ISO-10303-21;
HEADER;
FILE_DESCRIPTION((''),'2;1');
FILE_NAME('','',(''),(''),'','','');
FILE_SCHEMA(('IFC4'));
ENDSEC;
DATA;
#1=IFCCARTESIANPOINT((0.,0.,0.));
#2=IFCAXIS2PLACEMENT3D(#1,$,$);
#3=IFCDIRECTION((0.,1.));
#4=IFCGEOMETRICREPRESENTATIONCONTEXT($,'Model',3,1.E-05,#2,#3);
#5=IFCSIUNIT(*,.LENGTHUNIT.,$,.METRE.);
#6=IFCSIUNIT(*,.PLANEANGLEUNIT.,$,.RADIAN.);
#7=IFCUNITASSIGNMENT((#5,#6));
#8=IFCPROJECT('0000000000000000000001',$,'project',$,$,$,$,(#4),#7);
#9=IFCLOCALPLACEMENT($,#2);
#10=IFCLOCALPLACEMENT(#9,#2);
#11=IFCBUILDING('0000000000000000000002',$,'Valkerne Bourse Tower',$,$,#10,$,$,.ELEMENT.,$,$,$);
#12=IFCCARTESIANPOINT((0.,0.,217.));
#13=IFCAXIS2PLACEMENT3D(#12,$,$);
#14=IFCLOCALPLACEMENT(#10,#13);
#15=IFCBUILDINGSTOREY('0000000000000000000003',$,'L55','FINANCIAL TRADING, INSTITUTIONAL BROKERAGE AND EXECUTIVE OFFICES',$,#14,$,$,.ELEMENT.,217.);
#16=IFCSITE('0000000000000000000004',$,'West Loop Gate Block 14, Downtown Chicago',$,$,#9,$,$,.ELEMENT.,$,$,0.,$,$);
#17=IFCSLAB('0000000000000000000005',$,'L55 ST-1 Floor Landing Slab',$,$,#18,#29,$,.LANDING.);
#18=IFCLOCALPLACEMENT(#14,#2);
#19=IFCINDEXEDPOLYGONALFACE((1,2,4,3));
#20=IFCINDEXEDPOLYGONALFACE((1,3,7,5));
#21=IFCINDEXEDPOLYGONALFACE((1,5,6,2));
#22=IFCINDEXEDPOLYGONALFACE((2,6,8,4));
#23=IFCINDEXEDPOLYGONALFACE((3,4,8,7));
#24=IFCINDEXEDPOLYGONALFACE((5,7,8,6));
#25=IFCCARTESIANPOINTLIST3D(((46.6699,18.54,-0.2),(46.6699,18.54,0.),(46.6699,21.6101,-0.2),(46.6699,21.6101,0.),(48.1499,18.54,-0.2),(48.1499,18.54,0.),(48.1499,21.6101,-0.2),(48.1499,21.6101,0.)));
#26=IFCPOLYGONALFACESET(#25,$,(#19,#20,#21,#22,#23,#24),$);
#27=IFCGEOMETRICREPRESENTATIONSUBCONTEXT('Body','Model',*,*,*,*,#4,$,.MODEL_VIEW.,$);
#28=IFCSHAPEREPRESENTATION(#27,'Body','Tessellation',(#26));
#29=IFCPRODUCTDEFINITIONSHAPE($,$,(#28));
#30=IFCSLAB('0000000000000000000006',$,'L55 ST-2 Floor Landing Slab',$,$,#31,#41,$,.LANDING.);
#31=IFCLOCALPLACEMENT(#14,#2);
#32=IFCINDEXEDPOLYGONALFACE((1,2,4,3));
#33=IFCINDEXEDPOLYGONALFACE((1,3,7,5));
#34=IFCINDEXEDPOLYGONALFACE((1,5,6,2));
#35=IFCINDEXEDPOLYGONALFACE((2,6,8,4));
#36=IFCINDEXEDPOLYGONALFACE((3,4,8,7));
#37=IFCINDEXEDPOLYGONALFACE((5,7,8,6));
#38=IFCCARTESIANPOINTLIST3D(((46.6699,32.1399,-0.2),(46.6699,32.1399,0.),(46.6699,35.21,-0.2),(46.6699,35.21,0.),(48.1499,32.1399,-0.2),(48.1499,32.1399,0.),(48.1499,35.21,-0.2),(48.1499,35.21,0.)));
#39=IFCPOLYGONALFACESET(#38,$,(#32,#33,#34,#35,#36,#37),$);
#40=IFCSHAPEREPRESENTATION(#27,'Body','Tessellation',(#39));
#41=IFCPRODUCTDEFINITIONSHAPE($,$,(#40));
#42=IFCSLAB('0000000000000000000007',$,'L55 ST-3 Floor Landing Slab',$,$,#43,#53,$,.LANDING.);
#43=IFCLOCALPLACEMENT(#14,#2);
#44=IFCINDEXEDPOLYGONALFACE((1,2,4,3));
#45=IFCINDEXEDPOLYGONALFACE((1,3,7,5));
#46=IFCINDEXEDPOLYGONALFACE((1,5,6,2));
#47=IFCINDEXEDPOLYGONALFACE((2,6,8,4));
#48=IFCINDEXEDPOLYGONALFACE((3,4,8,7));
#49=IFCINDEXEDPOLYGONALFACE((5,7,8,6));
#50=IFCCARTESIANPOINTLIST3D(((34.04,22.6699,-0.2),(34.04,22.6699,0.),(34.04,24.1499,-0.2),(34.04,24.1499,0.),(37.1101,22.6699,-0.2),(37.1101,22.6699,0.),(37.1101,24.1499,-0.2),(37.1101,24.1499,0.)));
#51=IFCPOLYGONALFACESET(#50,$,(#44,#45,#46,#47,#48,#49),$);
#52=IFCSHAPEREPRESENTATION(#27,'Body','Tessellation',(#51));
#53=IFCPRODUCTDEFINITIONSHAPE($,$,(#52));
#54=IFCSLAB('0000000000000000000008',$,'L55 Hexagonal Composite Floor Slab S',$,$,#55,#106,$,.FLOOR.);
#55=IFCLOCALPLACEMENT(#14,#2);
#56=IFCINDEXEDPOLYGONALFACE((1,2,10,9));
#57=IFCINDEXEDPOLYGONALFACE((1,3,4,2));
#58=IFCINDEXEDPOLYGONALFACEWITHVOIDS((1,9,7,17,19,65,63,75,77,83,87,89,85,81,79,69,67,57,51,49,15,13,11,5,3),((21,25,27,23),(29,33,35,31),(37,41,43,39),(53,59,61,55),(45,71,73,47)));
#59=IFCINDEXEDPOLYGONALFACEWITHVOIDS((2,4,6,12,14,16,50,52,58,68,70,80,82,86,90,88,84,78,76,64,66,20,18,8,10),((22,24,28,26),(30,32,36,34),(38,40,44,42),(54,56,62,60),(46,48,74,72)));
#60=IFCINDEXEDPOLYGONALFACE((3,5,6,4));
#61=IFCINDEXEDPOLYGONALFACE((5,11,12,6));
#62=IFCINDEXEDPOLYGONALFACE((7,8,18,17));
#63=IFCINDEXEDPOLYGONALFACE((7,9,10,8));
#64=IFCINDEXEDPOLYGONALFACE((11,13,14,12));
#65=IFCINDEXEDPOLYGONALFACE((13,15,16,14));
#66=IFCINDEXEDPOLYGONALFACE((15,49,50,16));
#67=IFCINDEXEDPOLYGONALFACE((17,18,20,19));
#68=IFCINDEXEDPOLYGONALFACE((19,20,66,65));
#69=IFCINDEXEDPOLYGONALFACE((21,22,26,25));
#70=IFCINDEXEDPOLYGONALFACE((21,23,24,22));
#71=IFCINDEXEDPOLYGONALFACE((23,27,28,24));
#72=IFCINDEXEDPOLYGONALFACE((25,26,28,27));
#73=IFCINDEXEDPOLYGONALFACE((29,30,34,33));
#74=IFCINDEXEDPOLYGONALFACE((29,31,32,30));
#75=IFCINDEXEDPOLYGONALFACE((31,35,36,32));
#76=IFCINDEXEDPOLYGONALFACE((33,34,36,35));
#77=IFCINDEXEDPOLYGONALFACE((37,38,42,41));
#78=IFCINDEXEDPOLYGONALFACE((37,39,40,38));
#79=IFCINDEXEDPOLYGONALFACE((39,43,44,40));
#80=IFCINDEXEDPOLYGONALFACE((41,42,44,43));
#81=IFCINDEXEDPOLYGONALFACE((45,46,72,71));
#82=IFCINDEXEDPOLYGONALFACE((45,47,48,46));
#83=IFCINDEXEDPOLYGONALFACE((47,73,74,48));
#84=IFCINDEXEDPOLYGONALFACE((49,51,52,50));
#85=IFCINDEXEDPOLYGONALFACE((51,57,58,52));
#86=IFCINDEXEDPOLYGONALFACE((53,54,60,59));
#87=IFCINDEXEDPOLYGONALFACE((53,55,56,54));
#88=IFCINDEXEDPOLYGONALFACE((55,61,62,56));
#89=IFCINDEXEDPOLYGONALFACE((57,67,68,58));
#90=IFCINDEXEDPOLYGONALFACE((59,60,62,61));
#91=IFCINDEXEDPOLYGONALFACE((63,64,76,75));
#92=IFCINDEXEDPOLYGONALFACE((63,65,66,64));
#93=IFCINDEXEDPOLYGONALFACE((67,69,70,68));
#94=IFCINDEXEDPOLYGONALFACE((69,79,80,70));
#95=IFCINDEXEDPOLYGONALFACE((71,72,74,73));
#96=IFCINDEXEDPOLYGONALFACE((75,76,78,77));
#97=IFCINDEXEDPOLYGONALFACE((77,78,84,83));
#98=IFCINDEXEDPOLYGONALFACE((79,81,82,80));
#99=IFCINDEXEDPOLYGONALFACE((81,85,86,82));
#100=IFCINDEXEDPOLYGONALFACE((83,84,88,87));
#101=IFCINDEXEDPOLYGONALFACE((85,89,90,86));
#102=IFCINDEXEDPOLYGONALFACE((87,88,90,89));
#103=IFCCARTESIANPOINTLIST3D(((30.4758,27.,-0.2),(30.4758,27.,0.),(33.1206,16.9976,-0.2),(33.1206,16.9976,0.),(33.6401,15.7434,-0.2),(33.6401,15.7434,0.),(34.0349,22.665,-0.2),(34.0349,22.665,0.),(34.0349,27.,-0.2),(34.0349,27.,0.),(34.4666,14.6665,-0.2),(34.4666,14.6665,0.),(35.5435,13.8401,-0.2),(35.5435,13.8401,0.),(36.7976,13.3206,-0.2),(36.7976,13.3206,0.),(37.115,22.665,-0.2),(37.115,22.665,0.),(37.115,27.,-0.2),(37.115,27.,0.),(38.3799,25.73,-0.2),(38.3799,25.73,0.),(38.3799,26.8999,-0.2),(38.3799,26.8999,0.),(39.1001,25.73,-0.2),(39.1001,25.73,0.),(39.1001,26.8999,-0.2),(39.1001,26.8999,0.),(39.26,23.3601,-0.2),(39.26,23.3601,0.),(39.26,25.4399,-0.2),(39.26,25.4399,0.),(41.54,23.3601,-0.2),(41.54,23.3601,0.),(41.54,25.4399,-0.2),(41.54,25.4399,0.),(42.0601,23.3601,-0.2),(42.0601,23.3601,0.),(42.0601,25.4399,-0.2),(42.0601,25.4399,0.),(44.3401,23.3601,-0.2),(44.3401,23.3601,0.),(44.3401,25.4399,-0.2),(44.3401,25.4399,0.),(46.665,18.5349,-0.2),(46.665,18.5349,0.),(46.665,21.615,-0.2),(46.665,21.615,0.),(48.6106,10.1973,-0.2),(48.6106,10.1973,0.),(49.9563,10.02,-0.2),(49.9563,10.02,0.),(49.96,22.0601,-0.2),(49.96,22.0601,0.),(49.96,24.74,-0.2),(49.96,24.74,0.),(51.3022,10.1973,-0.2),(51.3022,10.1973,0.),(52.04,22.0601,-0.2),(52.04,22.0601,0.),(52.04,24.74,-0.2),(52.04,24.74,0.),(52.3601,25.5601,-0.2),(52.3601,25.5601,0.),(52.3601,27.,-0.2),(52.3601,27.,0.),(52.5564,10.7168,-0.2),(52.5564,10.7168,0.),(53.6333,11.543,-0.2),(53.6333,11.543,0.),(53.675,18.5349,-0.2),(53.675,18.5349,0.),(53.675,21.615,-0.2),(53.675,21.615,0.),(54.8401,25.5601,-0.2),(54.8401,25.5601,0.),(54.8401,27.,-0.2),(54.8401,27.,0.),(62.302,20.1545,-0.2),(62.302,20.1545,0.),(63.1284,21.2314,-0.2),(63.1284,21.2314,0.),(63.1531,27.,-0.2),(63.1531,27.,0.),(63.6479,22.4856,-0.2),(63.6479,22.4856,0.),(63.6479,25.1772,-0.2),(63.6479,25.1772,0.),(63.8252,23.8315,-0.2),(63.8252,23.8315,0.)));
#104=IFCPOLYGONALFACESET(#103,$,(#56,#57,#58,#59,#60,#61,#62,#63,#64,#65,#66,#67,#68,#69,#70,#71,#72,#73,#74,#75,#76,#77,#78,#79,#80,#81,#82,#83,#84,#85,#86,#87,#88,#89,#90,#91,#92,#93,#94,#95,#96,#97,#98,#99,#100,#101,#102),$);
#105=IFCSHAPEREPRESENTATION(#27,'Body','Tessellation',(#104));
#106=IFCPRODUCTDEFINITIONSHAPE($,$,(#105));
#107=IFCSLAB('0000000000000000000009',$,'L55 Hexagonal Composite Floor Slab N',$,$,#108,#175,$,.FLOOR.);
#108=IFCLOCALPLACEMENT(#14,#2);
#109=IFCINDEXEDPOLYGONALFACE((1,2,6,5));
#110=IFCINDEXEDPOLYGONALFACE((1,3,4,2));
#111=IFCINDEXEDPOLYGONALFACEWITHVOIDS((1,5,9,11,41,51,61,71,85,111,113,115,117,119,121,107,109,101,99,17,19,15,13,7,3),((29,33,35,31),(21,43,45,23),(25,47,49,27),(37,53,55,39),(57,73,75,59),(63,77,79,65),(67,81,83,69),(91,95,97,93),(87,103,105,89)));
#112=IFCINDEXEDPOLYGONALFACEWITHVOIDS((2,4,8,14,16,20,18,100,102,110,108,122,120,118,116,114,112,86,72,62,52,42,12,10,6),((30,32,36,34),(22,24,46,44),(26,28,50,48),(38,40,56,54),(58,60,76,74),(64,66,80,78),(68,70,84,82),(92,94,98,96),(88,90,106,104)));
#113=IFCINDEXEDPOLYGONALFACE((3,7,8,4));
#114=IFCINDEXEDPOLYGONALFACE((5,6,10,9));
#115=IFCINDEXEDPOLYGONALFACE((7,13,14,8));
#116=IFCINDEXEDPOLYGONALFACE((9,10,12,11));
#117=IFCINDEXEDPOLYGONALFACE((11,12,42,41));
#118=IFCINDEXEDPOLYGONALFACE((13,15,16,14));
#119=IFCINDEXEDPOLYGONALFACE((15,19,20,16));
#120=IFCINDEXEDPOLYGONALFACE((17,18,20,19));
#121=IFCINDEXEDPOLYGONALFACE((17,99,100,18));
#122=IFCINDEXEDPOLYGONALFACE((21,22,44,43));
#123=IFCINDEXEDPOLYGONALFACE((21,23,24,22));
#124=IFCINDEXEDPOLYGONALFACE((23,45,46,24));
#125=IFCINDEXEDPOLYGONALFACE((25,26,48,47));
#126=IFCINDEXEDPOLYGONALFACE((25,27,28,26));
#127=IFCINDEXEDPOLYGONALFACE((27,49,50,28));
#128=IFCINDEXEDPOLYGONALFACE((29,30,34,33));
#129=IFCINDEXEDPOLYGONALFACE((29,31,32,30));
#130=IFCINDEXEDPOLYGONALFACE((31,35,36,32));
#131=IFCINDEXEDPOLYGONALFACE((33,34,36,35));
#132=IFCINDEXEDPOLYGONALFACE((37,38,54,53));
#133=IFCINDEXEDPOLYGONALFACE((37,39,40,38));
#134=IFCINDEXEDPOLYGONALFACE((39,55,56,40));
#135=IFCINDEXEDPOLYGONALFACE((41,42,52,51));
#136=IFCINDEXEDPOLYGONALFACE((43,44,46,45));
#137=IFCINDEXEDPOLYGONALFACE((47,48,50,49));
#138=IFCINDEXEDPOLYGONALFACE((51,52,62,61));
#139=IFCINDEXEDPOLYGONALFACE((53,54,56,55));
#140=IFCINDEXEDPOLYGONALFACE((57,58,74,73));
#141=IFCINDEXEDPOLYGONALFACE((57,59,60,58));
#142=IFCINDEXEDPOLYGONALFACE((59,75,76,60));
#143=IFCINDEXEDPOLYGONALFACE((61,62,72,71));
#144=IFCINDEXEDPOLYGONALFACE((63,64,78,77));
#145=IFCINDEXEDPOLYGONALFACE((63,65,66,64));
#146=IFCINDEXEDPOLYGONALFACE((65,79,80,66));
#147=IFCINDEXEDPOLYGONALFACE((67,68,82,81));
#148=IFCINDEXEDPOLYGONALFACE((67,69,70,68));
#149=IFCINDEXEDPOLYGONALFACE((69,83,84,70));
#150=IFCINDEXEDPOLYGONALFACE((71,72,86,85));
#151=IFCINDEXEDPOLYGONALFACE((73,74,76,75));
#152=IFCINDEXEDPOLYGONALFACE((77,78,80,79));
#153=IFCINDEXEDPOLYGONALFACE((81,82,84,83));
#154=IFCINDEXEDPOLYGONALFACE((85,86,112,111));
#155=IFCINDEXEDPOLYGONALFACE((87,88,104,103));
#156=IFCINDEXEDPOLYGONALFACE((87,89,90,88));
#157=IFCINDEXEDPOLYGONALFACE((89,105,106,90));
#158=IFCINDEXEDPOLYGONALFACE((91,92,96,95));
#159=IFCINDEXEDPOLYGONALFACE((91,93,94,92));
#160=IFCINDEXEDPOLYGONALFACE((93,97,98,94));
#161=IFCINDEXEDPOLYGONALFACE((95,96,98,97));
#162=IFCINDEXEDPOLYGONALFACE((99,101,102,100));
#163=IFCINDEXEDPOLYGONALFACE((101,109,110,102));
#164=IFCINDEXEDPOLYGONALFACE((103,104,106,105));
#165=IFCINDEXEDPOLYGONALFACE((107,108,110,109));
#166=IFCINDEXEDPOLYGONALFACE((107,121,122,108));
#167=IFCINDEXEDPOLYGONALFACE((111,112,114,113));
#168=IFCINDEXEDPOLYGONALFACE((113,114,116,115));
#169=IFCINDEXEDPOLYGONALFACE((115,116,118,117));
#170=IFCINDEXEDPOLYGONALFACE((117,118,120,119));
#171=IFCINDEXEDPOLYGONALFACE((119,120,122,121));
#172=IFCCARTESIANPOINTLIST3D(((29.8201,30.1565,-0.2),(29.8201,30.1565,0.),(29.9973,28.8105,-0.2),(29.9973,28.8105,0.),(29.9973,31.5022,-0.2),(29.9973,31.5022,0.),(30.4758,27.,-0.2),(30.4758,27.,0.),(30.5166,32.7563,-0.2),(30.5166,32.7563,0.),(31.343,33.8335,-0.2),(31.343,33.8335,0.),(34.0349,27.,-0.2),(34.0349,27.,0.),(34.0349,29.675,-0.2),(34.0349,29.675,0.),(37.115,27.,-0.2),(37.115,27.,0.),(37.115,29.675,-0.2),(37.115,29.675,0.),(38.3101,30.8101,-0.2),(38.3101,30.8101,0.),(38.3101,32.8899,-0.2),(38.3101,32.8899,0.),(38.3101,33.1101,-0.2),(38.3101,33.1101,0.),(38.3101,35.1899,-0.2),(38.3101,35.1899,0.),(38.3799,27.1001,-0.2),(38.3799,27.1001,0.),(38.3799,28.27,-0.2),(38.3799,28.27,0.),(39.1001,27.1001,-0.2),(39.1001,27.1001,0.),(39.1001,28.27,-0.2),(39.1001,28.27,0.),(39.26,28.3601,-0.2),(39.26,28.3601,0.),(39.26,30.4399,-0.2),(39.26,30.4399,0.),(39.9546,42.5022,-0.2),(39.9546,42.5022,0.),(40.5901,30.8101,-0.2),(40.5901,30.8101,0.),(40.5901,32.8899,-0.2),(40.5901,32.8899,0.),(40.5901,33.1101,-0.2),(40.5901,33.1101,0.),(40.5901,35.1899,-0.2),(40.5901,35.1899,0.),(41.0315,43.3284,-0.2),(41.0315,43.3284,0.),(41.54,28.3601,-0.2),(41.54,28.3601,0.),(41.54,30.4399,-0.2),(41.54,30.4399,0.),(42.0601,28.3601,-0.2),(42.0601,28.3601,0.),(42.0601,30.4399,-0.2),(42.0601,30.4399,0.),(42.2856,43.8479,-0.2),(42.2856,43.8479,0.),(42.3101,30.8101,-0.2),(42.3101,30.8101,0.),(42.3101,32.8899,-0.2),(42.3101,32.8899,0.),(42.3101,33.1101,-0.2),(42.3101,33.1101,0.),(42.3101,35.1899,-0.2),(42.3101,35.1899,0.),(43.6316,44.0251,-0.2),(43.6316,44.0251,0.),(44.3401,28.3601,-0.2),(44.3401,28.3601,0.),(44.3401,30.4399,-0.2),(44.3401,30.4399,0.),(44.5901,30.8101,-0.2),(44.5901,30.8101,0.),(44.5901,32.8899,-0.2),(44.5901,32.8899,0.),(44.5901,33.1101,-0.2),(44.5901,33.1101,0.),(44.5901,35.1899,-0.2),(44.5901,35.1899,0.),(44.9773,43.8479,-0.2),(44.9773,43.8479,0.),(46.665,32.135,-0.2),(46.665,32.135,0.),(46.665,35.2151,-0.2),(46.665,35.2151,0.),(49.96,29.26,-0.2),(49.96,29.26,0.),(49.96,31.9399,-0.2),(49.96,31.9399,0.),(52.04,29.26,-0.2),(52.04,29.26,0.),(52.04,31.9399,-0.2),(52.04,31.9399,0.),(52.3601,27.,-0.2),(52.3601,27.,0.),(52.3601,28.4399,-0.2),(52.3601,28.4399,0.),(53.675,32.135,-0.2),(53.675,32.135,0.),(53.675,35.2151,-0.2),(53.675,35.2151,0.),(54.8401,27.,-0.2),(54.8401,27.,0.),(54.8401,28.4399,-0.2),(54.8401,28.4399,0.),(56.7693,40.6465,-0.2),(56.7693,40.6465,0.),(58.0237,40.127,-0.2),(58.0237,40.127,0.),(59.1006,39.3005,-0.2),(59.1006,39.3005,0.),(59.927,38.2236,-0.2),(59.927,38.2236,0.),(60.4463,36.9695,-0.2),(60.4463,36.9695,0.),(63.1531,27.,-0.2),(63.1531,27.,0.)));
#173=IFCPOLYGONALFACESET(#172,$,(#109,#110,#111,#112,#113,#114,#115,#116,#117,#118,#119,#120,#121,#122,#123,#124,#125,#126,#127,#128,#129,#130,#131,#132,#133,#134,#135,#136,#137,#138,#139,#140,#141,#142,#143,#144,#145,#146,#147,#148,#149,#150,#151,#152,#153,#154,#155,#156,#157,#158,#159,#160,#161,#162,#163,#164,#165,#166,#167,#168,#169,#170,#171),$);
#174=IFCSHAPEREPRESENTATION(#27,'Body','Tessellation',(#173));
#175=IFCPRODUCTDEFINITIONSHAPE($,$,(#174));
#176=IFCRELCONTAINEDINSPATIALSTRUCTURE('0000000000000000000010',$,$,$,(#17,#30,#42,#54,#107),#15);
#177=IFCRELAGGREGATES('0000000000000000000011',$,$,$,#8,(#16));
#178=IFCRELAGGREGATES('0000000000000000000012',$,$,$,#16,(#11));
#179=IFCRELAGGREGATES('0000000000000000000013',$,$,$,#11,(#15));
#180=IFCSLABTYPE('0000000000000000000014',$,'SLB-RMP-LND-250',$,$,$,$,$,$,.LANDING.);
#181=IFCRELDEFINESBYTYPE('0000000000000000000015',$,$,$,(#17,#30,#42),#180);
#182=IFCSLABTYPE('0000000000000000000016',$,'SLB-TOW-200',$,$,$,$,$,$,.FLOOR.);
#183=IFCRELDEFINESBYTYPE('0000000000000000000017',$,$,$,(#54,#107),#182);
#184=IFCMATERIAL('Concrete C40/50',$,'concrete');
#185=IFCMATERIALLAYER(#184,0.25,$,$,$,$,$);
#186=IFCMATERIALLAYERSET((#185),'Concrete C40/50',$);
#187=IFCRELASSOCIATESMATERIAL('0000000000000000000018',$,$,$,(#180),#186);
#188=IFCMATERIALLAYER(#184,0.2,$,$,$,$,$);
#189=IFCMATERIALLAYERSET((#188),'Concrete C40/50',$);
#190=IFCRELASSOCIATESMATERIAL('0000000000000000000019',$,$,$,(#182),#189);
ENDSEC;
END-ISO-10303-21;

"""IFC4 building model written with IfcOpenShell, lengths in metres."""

from ifc_helpers import new_model, si_unit, direction, frame, origin, place, context, subcontext, project, spatial, polyline, outline, extrude, material, layer, layer_set, type_object, element, save


model = new_model("IFC4")

# Units and contexts
model_context = context("Model", 3, precision=1e-05, world=origin(), true_north=direction((0.0, 1.0)))
body_context = subcontext(model_context, "Body", "Model", "MODEL_VIEW")
ifc_project = project(units=[si_unit("LENGTHUNIT", "METRE"), si_unit("PLANEANGLEUNIT", "RADIAN")], contexts=[model_context])

# Site, building, storey
site_placement = place(None, origin())
site = spatial("IfcSite", under=ifc_project, at=site_placement, Name="West Loop Gate Block 14, Downtown Chicago", CompositionType="ELEMENT", RefElevation=0.0)
building_placement = place(site_placement, origin())
building = spatial("IfcBuilding", under=site, at=building_placement, Name="Valkerne Bourse Tower", CompositionType="ELEMENT")
storey_placement = place(building_placement, frame((0.0, 0.0, 217.0)))
storey = spatial("IfcBuildingStorey", under=building, at=storey_placement, Name="L55", Description="FINANCIAL TRADING, INSTITUTIONAL BROKERAGE AND EXECUTIVE OFFICES", CompositionType="ELEMENT", Elevation=217.0)

# Slabs
ifc_material_1 = material(Name="Concrete C40/50", Category="concrete")
ifc_layer_1 = layer(ifc_material_1, 0.25)
ifc_layer_set_1 = layer_set([ifc_layer_1], Name="Concrete C40/50")
slab_type_1 = type_object("IfcSlabType", Name="SLB-RMP-LND-250", PredefinedType="LANDING", material=ifc_layer_set_1)
slab_1_placement = place(storey_placement, frame((0.0, 0.0, -0.2)))
element("IfcSlab", 1, at=slab_1_placement, inside=storey, type_object=slab_type_1, Name="L55 ST-1 Floor Landing Slab", PredefinedType="LANDING", context=body_context, shape_type="SweptSolid", body=[
    extrude(outline(polyline([(46.6699, 18.54), (48.1499, 18.54), (48.1499, 21.6101), (46.6699, 21.6101), (46.6699, 18.54)])), origin(), (0.0, 0.0, 1.0), 0.2),
])
slab_2_placement = place(storey_placement, frame((0.0, 0.0, -0.2)))
element("IfcSlab", 2, at=slab_2_placement, inside=storey, type_object=slab_type_1, Name="L55 ST-2 Floor Landing Slab", PredefinedType="LANDING", context=body_context, shape_type="SweptSolid", body=[
    extrude(outline(polyline([(46.6699, 32.1399), (48.1499, 32.1399), (48.1499, 35.21), (46.6699, 35.21), (46.6699, 32.1399)])), origin(), (0.0, 0.0, 1.0), 0.2),
])
slab_3_placement = place(storey_placement, frame((0.0, 0.0, -0.2)))
element("IfcSlab", 3, at=slab_3_placement, inside=storey, type_object=slab_type_1, Name="L55 ST-3 Floor Landing Slab", PredefinedType="LANDING", context=body_context, shape_type="SweptSolid", body=[
    extrude(outline(polyline([(37.1101, 22.6699), (37.1101, 24.1499), (34.04, 24.1499), (34.04, 22.6699), (37.1101, 22.6699)])), origin(), (0.0, 0.0, 1.0), 0.2),
])
ifc_layer_2 = layer(ifc_material_1, 0.2)
ifc_layer_set_2 = layer_set([ifc_layer_2], Name="Concrete C40/50")
slab_type_2 = type_object("IfcSlabType", Name="SLB-TOW-200", PredefinedType="FLOOR", material=ifc_layer_set_2)
slab_4_placement = place(storey_placement, frame((0.0, 0.0, -0.2)))
element("IfcSlab", 4, at=slab_4_placement, inside=storey, type_object=slab_type_2, Name="L55 Hexagonal Composite Floor Slab S", PredefinedType="FLOOR", context=body_context, shape_type="SweptSolid", body=[
    extrude(outline(polyline([(63.8252, 23.8315), (63.6479, 22.4856), (63.1284, 21.2314), (62.302, 20.1545), (53.6333, 11.543), (52.5564, 10.7168), (51.3022, 10.1973), (49.9563, 10.02), (48.6106, 10.1973), (36.7976, 13.3206), (35.5435, 13.8401), (34.4666, 14.6665), (33.6401, 15.7434), (33.1206, 16.9976), (30.4758, 27.0), (34.0349, 27.0), (34.0349, 22.665), (37.115, 22.665), (37.115, 27.0), (52.3601, 27.0), (52.3601, 25.5601), (54.8401, 25.5601), (54.8401, 27.0), (63.1531, 27.0), (63.6479, 25.1772), (63.8252, 23.8315)]), holes=[polyline([(41.54, 25.4399), (39.26, 25.4399), (39.26, 23.3601), (41.54, 23.3601), (41.54, 25.4399)]), polyline([(44.3401, 25.4399), (42.0601, 25.4399), (42.0601, 23.3601), (44.3401, 23.3601), (44.3401, 25.4399)]), polyline([(39.1001, 26.8999), (38.3799, 26.8999), (38.3799, 25.73), (39.1001, 25.73), (39.1001, 26.8999)]), polyline([(53.675, 21.615), (46.665, 21.615), (46.665, 18.5349), (53.675, 18.5349), (53.675, 21.615)]), polyline([(52.04, 24.74), (49.96, 24.74), (49.96, 22.0601), (52.04, 22.0601), (52.04, 24.74)])]), origin(), (0.0, 0.0, 1.0), 0.2),
])
slab_5_placement = place(storey_placement, frame((0.0, 0.0, -0.2)))
element("IfcSlab", 5, at=slab_5_placement, inside=storey, type_object=slab_type_2, Name="L55 Hexagonal Composite Floor Slab N", PredefinedType="FLOOR", context=body_context, shape_type="SweptSolid", body=[
    extrude(outline(polyline([(29.9973, 28.8105), (29.8201, 30.1565), (29.9973, 31.5022), (30.5166, 32.7563), (31.343, 33.8335), (39.9546, 42.5022), (41.0315, 43.3284), (42.2856, 43.8479), (43.6316, 44.0251), (44.9773, 43.8479), (56.7693, 40.6465), (58.0237, 40.127), (59.1006, 39.3005), (59.927, 38.2236), (60.4463, 36.9695), (63.1531, 27.0), (54.8401, 27.0), (54.8401, 28.4399), (52.3601, 28.4399), (52.3601, 27.0), (37.115, 27.0), (37.115, 29.675), (34.0349, 29.675), (34.0349, 27.0), (30.4758, 27.0), (29.9973, 28.8105)]), holes=[polyline([(39.1001, 28.27), (38.3799, 28.27), (38.3799, 27.1001), (39.1001, 27.1001), (39.1001, 28.27)]), polyline([(41.54, 30.4399), (39.26, 30.4399), (39.26, 28.3601), (41.54, 28.3601), (41.54, 30.4399)]), polyline([(40.5901, 32.8899), (38.3101, 32.8899), (38.3101, 30.8101), (40.5901, 30.8101), (40.5901, 32.8899)]), polyline([(40.5901, 35.1899), (38.3101, 35.1899), (38.3101, 33.1101), (40.5901, 33.1101), (40.5901, 35.1899)]), polyline([(44.3401, 30.4399), (42.0601, 30.4399), (42.0601, 28.3601), (44.3401, 28.3601), (44.3401, 30.4399)]), polyline([(52.04, 31.9399), (49.96, 31.9399), (49.96, 29.26), (52.04, 29.26), (52.04, 31.9399)]), polyline([(44.5901, 32.8899), (42.3101, 32.8899), (42.3101, 30.8101), (44.5901, 30.8101), (44.5901, 32.8899)]), polyline([(53.675, 35.2151), (46.665, 35.2151), (46.665, 32.135), (53.675, 32.135), (53.675, 35.2151)]), polyline([(44.5901, 35.1899), (42.3101, 35.1899), (42.3101, 33.1101), (44.5901, 33.1101), (44.5901, 35.1899)])]), origin(), (0.0, 0.0, 1.0), 0.2),
])

save(model, "model.ifc")
